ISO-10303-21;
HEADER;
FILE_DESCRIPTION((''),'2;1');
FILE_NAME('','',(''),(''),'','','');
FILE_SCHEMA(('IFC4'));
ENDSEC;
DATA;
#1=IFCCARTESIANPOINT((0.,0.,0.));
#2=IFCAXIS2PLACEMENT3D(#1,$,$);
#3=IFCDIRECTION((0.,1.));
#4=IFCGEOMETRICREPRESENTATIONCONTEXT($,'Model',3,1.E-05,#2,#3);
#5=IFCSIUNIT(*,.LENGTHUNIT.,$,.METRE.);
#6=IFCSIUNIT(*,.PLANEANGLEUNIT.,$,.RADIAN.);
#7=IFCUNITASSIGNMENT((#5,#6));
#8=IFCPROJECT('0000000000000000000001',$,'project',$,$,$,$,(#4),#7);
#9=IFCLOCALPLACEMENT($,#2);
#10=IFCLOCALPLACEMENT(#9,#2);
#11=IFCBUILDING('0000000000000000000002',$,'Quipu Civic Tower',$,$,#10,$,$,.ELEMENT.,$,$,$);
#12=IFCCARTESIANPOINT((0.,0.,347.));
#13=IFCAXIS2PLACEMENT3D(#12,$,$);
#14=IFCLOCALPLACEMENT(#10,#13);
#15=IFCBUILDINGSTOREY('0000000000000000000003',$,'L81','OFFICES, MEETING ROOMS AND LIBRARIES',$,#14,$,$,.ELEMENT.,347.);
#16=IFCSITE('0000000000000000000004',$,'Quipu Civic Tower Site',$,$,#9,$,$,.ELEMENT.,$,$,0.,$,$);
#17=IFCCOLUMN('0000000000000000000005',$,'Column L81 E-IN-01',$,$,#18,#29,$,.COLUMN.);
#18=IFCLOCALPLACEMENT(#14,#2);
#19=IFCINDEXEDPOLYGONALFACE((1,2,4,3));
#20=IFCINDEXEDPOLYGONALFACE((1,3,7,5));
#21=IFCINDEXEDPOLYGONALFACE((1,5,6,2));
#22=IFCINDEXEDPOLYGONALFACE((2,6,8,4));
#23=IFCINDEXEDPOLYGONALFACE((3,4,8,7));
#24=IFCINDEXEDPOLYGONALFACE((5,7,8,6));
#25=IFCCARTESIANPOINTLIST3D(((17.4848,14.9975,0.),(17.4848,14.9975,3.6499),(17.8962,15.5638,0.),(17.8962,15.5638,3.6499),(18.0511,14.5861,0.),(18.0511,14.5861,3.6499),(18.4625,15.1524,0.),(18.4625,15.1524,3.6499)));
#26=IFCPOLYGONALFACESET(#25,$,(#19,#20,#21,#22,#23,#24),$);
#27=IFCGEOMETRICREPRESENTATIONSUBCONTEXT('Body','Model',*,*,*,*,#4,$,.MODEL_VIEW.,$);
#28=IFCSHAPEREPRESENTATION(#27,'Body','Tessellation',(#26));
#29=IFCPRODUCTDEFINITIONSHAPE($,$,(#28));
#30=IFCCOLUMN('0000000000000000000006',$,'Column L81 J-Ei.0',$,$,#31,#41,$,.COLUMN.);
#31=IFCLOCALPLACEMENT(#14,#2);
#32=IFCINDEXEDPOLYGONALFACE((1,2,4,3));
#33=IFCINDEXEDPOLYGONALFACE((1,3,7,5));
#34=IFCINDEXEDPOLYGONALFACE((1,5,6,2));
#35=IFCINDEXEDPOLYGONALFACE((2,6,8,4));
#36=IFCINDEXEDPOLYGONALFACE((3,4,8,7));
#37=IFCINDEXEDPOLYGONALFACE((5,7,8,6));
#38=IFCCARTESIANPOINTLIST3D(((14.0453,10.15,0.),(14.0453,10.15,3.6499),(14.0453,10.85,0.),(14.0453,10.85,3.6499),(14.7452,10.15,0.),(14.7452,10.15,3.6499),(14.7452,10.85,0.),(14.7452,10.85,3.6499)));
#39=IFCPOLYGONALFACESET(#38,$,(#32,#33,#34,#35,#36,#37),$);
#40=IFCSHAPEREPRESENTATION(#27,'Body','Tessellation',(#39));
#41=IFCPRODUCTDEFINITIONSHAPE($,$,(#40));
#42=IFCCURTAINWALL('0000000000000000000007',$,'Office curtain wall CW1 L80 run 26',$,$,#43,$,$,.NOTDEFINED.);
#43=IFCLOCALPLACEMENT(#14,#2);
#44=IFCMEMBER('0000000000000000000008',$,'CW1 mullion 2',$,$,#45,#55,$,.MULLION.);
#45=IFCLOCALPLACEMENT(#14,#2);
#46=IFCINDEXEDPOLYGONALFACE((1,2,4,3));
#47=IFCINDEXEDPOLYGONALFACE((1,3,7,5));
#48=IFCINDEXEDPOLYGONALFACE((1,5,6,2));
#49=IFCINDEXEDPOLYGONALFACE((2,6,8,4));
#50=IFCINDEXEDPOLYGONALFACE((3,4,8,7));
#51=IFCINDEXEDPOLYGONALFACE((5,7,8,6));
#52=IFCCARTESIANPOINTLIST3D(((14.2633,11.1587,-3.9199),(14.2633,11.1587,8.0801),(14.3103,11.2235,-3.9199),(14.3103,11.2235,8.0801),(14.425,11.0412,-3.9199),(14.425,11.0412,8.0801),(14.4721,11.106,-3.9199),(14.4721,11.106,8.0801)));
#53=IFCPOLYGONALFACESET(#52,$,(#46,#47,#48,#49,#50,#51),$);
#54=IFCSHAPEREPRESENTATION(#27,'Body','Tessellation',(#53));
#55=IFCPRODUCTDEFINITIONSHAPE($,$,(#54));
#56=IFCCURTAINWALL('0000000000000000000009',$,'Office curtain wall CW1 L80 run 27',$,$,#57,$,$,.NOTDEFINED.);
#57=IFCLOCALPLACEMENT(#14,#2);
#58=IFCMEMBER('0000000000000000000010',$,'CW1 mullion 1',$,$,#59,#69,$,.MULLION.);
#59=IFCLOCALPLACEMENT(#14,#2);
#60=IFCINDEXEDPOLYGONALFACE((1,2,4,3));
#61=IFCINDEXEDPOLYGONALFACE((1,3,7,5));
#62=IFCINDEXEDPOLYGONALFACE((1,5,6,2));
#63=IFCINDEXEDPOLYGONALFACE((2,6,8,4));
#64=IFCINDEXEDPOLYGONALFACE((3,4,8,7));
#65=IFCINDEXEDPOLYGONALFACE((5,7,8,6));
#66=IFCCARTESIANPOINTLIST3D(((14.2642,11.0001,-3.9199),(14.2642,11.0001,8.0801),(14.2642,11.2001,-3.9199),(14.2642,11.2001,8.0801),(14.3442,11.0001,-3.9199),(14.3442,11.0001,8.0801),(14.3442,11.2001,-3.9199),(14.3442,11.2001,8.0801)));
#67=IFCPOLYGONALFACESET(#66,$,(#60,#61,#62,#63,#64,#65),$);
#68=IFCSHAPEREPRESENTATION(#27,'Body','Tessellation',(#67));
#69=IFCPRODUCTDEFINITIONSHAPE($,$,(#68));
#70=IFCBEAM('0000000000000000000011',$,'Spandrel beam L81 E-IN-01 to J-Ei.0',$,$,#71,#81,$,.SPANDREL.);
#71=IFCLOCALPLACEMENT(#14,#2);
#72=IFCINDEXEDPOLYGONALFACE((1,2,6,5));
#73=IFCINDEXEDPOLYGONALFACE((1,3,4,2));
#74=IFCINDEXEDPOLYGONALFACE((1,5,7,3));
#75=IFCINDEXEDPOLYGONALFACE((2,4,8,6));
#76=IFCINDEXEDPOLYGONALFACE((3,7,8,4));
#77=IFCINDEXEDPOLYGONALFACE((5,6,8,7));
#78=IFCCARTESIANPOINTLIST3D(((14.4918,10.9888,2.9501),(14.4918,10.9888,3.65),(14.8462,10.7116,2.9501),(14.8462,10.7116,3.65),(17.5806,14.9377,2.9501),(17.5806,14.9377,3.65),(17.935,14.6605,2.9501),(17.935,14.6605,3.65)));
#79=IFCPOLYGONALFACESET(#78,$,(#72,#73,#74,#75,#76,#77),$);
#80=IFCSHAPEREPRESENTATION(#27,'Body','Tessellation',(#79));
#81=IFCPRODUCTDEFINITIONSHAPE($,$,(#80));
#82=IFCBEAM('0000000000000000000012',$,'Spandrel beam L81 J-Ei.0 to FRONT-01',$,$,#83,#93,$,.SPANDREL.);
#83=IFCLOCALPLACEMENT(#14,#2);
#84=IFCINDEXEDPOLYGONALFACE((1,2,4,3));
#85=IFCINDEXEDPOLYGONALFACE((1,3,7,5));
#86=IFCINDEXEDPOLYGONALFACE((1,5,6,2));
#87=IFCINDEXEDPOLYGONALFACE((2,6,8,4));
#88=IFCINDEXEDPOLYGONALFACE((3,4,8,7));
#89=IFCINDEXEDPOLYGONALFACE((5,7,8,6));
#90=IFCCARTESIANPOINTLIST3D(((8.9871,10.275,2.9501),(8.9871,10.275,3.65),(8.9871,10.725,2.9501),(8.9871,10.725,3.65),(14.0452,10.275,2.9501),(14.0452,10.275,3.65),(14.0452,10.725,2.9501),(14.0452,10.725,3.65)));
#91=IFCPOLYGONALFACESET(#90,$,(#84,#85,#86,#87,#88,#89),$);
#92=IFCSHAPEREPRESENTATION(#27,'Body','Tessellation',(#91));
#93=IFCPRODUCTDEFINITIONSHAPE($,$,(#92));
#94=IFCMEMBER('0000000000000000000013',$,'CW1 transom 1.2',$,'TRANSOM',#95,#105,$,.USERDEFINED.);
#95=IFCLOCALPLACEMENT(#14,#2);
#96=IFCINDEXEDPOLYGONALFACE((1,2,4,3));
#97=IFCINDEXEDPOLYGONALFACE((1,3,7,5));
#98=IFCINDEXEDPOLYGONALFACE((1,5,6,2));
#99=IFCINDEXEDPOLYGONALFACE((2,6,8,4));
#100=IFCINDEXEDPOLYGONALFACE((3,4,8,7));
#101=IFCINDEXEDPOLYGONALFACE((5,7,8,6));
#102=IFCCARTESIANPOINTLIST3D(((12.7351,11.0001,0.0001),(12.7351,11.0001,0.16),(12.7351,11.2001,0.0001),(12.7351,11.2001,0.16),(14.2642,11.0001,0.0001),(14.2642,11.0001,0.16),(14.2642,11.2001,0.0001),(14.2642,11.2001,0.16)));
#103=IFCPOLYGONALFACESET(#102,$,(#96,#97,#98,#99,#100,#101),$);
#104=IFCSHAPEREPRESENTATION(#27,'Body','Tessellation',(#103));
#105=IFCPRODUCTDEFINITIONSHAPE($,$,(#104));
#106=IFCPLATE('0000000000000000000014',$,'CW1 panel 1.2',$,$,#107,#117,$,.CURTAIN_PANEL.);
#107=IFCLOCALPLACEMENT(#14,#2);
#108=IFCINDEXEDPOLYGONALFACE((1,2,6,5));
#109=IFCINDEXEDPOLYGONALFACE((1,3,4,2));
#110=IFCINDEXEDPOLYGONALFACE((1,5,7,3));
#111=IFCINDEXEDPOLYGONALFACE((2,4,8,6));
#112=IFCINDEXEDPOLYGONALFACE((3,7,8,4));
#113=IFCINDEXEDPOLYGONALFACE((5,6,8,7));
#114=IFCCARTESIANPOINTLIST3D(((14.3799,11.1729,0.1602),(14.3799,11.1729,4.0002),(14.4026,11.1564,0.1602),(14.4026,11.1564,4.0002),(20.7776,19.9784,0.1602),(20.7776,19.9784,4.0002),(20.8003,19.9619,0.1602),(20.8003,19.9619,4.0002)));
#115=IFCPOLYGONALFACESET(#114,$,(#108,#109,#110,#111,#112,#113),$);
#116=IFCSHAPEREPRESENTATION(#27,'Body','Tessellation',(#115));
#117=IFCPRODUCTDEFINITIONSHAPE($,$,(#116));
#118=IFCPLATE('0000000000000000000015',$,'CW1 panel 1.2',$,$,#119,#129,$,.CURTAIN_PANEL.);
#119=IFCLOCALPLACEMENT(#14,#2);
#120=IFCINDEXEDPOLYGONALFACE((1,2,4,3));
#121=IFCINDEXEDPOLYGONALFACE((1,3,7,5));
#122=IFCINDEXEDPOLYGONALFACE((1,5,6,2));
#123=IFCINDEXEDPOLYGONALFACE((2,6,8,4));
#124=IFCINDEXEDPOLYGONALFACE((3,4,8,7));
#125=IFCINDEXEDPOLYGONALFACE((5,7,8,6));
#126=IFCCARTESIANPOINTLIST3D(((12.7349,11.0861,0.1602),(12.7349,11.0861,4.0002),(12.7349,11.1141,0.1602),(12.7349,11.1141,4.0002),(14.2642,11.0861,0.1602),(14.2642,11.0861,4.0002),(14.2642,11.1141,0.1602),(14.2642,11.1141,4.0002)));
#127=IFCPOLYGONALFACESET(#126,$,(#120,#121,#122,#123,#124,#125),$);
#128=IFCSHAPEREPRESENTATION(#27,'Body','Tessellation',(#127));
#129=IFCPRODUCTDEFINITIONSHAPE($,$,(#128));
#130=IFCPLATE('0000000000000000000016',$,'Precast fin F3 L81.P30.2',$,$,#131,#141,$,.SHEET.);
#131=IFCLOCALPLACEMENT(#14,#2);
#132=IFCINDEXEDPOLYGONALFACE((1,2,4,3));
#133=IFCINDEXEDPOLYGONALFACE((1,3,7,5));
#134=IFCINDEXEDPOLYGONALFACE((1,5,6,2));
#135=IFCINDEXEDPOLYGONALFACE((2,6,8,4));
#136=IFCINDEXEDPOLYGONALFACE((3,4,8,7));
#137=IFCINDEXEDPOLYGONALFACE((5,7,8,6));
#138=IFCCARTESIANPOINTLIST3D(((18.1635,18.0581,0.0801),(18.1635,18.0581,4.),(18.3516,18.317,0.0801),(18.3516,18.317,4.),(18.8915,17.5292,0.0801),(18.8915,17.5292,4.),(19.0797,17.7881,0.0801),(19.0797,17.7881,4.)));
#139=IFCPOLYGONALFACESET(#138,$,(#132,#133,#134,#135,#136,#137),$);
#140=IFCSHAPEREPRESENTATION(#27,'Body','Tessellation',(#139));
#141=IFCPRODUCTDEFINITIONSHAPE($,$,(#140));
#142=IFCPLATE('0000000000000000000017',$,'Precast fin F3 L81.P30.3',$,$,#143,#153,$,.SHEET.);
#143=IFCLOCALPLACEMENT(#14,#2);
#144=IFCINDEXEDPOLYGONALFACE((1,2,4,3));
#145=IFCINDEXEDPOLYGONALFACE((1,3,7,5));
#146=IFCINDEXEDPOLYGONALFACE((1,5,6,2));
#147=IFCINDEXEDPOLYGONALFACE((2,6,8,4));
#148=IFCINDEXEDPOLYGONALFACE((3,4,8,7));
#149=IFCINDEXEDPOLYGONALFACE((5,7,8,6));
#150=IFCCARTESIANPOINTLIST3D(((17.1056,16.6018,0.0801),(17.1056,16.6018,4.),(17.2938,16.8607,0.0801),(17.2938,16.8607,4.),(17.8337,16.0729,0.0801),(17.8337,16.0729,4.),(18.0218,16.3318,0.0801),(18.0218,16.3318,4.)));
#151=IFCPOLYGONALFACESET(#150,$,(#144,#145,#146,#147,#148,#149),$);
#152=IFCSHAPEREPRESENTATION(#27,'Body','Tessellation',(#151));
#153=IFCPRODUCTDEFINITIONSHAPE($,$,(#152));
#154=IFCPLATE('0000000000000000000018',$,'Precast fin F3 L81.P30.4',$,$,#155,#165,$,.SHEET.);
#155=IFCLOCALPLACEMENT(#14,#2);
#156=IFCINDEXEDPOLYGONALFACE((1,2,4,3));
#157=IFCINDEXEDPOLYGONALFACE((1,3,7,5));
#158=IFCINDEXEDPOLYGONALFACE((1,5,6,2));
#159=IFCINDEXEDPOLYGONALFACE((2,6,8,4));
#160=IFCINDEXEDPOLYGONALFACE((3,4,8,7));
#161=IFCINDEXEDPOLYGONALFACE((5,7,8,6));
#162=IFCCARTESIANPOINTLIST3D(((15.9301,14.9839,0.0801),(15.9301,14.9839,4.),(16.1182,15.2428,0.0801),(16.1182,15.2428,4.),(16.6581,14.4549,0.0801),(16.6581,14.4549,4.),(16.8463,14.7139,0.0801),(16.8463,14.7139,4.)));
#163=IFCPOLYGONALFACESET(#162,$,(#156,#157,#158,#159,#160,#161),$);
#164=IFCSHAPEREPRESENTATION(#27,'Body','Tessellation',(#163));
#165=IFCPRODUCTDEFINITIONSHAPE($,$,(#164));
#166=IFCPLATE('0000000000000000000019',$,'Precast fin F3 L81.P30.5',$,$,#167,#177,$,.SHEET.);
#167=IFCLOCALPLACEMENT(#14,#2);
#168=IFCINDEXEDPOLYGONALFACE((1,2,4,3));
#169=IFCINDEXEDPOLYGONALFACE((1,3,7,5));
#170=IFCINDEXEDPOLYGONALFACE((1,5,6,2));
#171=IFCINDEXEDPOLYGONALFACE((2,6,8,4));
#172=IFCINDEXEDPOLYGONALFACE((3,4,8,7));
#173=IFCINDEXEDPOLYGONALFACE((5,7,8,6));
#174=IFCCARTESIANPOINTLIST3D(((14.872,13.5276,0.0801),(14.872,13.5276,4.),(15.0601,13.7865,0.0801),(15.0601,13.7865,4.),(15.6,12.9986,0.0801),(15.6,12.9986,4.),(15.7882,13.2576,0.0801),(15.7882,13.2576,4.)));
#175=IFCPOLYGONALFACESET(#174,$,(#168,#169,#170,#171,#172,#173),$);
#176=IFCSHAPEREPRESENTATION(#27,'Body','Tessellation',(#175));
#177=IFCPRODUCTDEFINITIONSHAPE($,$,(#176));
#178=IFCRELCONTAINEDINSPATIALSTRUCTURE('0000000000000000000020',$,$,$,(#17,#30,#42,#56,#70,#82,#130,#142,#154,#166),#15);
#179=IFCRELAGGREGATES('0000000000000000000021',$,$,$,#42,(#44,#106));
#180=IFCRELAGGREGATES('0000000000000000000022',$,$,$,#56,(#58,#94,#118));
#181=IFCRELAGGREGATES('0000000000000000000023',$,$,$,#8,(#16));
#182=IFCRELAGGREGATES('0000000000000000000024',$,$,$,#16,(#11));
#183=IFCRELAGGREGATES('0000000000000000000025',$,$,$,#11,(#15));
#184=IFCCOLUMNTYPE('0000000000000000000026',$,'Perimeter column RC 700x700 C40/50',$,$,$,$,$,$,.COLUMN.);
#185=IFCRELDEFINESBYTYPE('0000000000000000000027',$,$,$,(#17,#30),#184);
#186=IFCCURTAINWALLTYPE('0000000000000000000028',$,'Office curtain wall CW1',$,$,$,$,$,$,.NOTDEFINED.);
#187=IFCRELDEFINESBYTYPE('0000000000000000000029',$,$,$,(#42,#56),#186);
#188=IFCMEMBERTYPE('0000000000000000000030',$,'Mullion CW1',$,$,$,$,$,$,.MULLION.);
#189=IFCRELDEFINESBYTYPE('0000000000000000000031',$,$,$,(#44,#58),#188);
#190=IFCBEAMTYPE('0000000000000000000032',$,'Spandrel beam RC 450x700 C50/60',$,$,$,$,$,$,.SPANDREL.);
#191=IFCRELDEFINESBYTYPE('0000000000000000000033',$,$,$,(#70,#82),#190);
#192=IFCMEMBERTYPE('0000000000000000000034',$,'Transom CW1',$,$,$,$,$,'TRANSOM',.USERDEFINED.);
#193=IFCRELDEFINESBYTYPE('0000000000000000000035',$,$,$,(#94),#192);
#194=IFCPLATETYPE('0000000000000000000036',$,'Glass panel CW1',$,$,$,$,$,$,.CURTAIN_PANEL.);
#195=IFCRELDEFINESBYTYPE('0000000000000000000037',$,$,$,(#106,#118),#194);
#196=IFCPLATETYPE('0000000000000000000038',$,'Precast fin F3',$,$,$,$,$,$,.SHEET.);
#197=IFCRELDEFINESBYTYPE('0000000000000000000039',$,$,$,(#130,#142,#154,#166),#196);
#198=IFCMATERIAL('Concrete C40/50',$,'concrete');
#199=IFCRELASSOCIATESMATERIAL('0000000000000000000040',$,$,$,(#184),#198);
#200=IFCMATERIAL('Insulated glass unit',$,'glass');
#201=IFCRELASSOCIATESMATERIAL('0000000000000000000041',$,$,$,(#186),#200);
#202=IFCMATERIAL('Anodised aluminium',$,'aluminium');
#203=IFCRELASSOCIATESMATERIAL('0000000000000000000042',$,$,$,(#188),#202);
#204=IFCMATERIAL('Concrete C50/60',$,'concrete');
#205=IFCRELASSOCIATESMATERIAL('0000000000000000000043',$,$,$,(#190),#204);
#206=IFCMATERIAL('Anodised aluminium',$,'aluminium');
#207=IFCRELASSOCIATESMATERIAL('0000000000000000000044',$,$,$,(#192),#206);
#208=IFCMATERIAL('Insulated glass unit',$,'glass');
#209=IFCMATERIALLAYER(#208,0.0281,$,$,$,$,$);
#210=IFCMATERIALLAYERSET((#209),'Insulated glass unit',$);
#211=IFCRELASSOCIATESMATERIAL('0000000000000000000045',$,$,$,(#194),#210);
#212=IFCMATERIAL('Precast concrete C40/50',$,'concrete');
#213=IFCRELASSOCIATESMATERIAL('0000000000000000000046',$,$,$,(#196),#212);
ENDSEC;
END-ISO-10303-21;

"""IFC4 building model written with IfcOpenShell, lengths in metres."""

from ifc_helpers import new_model, si_unit, direction, frame, origin, origin_2d, place, context, subcontext, project, spatial, rectangle, extrude, material, layer, layer_set, material_profile, profile_set, type_object, element, aggregate, save


model = new_model("IFC4")

# Units and contexts
model_context = context("Model", 3, precision=1e-05, world=origin(), true_north=direction((0.0, 1.0)))
body_context = subcontext(model_context, "Body", "Model", "MODEL_VIEW")
ifc_project = project(units=[si_unit("LENGTHUNIT", "METRE"), si_unit("PLANEANGLEUNIT", "RADIAN")], contexts=[model_context])

# Site, building, storey
site_placement = place(None, origin())
site = spatial("IfcSite", under=ifc_project, at=site_placement, Name="Quipu Civic Tower Site", CompositionType="ELEMENT", RefElevation=0.0)
building_placement = place(site_placement, origin())
building = spatial("IfcBuilding", under=site, at=building_placement, Name="Quipu Civic Tower", CompositionType="ELEMENT")
storey_placement = place(building_placement, frame((0.0, 0.0, 347.0)))
storey = spatial("IfcBuildingStorey", under=building, at=storey_placement, Name="L81", Description="OFFICES, MEETING ROOMS AND LIBRARIES", CompositionType="ELEMENT", Elevation=347.0)

# Columns
ifc_material_1 = material(Name="Concrete C40/50", Category="concrete")
ifc_material_profile_1 = material_profile(ifc_material_1, rectangle(XDim=0.7, YDim=0.7, at=origin_2d()), Name="RC700x700")
ifc_profile_set_1 = profile_set([ifc_material_profile_1], Name="Concrete C40/50")
column_type = type_object("IfcColumnType", Name="Perimeter column RC 700x700 C40/50", PredefinedType="COLUMN", material=ifc_profile_set_1)
for number, where, z_axis, x_axis, name in (
    (1, (17.9736, 15.075, 0.0), (0.0, 0.0, 1.0), (-0.587785, -0.809017, 0.0), "Column L81 E-IN-01"),
    (2, (14.3953, 10.5, 0.0), (0.0, 0.0, 1.0), (-1.0, 0.0, 0.0), "Column L81 J-Ei.0"),
):
    element("IfcColumn", number, at=place(storey_placement, frame(where, z_axis=z_axis, x_axis=x_axis)), inside=storey, type_object=column_type, Name=name, PredefinedType="COLUMN", context=body_context, shape_type="SweptSolid", body=[
        extrude(rectangle(XDim=0.7, YDim=0.7, at=origin_2d()), origin(), (0.0, 0.0, 1.0), 3.6499),
    ])

# Curtain walls, members
ifc_material_2 = material(Name="Insulated glass unit", Category="glass")
curtain_wall_type = type_object("IfcCurtainWallType", Name="Office curtain wall CW1", PredefinedType="NOTDEFINED", material=ifc_material_2)
curtain_wall_1_placement = place(storey_placement, origin())
curtain_wall_1 = element("IfcCurtainWall", 3, at=curtain_wall_1_placement, inside=storey, type_object=curtain_wall_type, Name="Office curtain wall CW1 L80 run 26", PredefinedType="NOTDEFINED")
ifc_material_3 = material(Name="Anodised aluminium", Category="aluminium")
ifc_material_profile_2 = material_profile(ifc_material_3, rectangle(XDim=0.2, YDim=0.0801, at=origin_2d()), Name="RECT 200x80")
ifc_profile_set_2 = profile_set([ifc_material_profile_2], Name="Anodised aluminium")
member_type_1 = type_object("IfcMemberType", Name="Mullion CW1", PredefinedType="MULLION", material=ifc_profile_set_2)
member_1_placement = place(storey_placement, frame((14.3677, 11.1323, -3.9199), z_axis=(0.0, 0.0, 1.0), x_axis=(0.809015, -0.587788, 0.0)))
member_1 = element("IfcMember", 4, at=member_1_placement, type_object=member_type_1, Name="CW1 mullion 2", PredefinedType="MULLION", context=body_context, shape_type="SweptSolid", body=[
    extrude(rectangle(XDim=0.2, YDim=0.0801, at=origin_2d()), origin(), (0.0, 0.0, 1.0), 12.0),
])
curtain_wall_2_placement = place(storey_placement, origin())
curtain_wall_2 = element("IfcCurtainWall", 5, at=curtain_wall_2_placement, inside=storey, type_object=curtain_wall_type, Name="Office curtain wall CW1 L80 run 27", PredefinedType="NOTDEFINED")
member_2_placement = place(storey_placement, frame((14.3042, 11.1001, -3.9199), z_axis=(0.0, 0.0, 1.0), x_axis=(0.0, -1.0, 0.0)))
member_2 = element("IfcMember", 6, at=member_2_placement, type_object=member_type_1, Name="CW1 mullion 1", PredefinedType="MULLION", context=body_context, shape_type="SweptSolid", body=[
    extrude(rectangle(XDim=0.2, YDim=0.0801, at=origin_2d()), origin(), (0.0, 0.0, 1.0), 12.0),
])

# Beams
ifc_material_4 = material(Name="Concrete C50/60", Category="concrete")
ifc_material_profile_3 = material_profile(ifc_material_4, rectangle(XDim=0.45, YDim=0.7, at=origin_2d()), Name="RC450x700")
ifc_profile_set_3 = profile_set([ifc_material_profile_3], Name="Concrete C50/60")
beam_type = type_object("IfcBeamType", Name="Spandrel beam RC 450x700 C50/60", PredefinedType="SPANDREL", material=ifc_profile_set_3)
beam_1_placement = place(storey_placement, frame((17.7578, 14.7991, 3.3), z_axis=(-0.616106, -0.787663, 0.0), x_axis=(0.787663, -0.616106, 0.0)))
element("IfcBeam", 7, at=beam_1_placement, inside=storey, type_object=beam_type, Name="Spandrel beam L81 E-IN-01 to J-Ei.0", PredefinedType="SPANDREL", context=body_context, shape_type="SweptSolid", body=[
    extrude(rectangle(XDim=0.45, YDim=0.7, at=origin_2d()), origin(), (0.0, 0.0, 1.0), 5.0134),
])
beam_2_placement = place(storey_placement, frame((14.0452, 10.5, 3.3), z_axis=(-1.0, 0.0, 0.0), x_axis=(0.0, -1.0, 0.0)))
element("IfcBeam", 8, at=beam_2_placement, inside=storey, type_object=beam_type, Name="Spandrel beam L81 J-Ei.0 to FRONT-01", PredefinedType="SPANDREL", context=body_context, shape_type="SweptSolid", body=[
    extrude(rectangle(XDim=0.45, YDim=0.7, at=origin_2d()), origin(), (0.0, 0.0, 1.0), 5.0581),
])

# Member
ifc_material_5 = material(Name="Anodised aluminium", Category="aluminium")
ifc_material_profile_4 = material_profile(ifc_material_5, rectangle(XDim=0.2, YDim=0.1599, at=origin_2d()), Name="RECT 200x160")
ifc_profile_set_4 = profile_set([ifc_material_profile_4], Name="Anodised aluminium")
member_type_2 = type_object("IfcMemberType", Name="Transom CW1", ElementType="TRANSOM", PredefinedType="USERDEFINED", material=ifc_profile_set_4)
member_3_placement = place(storey_placement, frame((14.2642, 11.1001, 0.0801), z_axis=(-1.0, 0.0, 0.0), x_axis=(0.0, -1.0, 0.0)))
member_3 = element("IfcMember", 9, at=member_3_placement, type_object=member_type_2, Name="CW1 transom 1.2", ObjectType="TRANSOM", PredefinedType="USERDEFINED", context=body_context, shape_type="SweptSolid", body=[
    extrude(rectangle(XDim=0.2, YDim=0.1599, at=origin_2d()), origin(), (0.0, 0.0, 1.0), 1.5291),
])

# Plates
ifc_material_6 = material(Name="Insulated glass unit", Category="glass")
ifc_layer_1 = layer(ifc_material_6, 0.0281)
ifc_layer_set_1 = layer_set([ifc_layer_1], Name="Insulated glass unit")
plate_type_1 = type_object("IfcPlateType", Name="Glass panel CW1", PredefinedType="CURTAIN_PANEL", material=ifc_layer_set_1)
plate_1_placement = place(storey_placement, frame((17.5901, 15.5674, 0.1602), z_axis=(0.0, 0.0, 1.0), x_axis=(-0.587788, -0.809015, 0.0)))
plate_1 = element("IfcPlate", 10, at=plate_1_placement, type_object=plate_type_1, Name="CW1 panel 1.2", PredefinedType="CURTAIN_PANEL", context=body_context, shape_type="SweptSolid", body=[
    extrude(rectangle(XDim=10.8843, YDim=0.0281, at=origin_2d()), origin(), (0.0, 0.0, 1.0), 3.8401),
])
aggregate(curtain_wall_1, [member_1, plate_1])
plate_2_placement = place(storey_placement, frame((13.4995, 11.1001, 0.1602), z_axis=(0.0, 0.0, 1.0), x_axis=(-1.0, 0.0, 0.0)))
plate_2 = element("IfcPlate", 11, at=plate_2_placement, type_object=plate_type_1, Name="CW1 panel 1.2", PredefinedType="CURTAIN_PANEL", context=body_context, shape_type="SweptSolid", body=[
    extrude(rectangle(XDim=1.5293, YDim=0.0281, at=origin_2d()), origin(), (0.0, 0.0, 1.0), 3.8401),
])
aggregate(curtain_wall_2, [member_2, member_3, plate_2])

# Plates
ifc_material_7 = material(Name="Precast concrete C40/50", Category="concrete")
plate_type_2 = type_object("IfcPlateType", Name="Precast fin F3", PredefinedType="SHEET", material=ifc_material_7)
for number, where, z_axis, x_axis, name in (
    (12, (18.6216, 17.9231, 0.0801), (0.0, 0.0, 1.0), (-0.587784, -0.809018, 0.0), "Precast fin F3 L81.P30.2"),
    (13, (17.5637, 16.4668, 0.0801), (0.0, 0.0, 1.0), (-0.587784, -0.809018, 0.0), "Precast fin F3 L81.P30.3"),
    (14, (16.3882, 14.8489, 0.0801), (0.0, 0.0, 1.0), (-0.587784, -0.809018, 0.0), "Precast fin F3 L81.P30.4"),
    (15, (15.3301, 13.3926, 0.0801), (0.0, 0.0, 1.0), (-0.587784, -0.809018, 0.0), "Precast fin F3 L81.P30.5"),
):
    element("IfcPlate", number, at=place(storey_placement, frame(where, z_axis=z_axis, x_axis=x_axis)), inside=storey, type_object=plate_type_2, Name=name, PredefinedType="SHEET", context=body_context, shape_type="SweptSolid", body=[
        extrude(rectangle(XDim=0.3201, YDim=0.8999, at=origin_2d()), origin(), (0.0, 0.0, 1.0), 3.9199),
    ])

save(model, "model.ifc")
